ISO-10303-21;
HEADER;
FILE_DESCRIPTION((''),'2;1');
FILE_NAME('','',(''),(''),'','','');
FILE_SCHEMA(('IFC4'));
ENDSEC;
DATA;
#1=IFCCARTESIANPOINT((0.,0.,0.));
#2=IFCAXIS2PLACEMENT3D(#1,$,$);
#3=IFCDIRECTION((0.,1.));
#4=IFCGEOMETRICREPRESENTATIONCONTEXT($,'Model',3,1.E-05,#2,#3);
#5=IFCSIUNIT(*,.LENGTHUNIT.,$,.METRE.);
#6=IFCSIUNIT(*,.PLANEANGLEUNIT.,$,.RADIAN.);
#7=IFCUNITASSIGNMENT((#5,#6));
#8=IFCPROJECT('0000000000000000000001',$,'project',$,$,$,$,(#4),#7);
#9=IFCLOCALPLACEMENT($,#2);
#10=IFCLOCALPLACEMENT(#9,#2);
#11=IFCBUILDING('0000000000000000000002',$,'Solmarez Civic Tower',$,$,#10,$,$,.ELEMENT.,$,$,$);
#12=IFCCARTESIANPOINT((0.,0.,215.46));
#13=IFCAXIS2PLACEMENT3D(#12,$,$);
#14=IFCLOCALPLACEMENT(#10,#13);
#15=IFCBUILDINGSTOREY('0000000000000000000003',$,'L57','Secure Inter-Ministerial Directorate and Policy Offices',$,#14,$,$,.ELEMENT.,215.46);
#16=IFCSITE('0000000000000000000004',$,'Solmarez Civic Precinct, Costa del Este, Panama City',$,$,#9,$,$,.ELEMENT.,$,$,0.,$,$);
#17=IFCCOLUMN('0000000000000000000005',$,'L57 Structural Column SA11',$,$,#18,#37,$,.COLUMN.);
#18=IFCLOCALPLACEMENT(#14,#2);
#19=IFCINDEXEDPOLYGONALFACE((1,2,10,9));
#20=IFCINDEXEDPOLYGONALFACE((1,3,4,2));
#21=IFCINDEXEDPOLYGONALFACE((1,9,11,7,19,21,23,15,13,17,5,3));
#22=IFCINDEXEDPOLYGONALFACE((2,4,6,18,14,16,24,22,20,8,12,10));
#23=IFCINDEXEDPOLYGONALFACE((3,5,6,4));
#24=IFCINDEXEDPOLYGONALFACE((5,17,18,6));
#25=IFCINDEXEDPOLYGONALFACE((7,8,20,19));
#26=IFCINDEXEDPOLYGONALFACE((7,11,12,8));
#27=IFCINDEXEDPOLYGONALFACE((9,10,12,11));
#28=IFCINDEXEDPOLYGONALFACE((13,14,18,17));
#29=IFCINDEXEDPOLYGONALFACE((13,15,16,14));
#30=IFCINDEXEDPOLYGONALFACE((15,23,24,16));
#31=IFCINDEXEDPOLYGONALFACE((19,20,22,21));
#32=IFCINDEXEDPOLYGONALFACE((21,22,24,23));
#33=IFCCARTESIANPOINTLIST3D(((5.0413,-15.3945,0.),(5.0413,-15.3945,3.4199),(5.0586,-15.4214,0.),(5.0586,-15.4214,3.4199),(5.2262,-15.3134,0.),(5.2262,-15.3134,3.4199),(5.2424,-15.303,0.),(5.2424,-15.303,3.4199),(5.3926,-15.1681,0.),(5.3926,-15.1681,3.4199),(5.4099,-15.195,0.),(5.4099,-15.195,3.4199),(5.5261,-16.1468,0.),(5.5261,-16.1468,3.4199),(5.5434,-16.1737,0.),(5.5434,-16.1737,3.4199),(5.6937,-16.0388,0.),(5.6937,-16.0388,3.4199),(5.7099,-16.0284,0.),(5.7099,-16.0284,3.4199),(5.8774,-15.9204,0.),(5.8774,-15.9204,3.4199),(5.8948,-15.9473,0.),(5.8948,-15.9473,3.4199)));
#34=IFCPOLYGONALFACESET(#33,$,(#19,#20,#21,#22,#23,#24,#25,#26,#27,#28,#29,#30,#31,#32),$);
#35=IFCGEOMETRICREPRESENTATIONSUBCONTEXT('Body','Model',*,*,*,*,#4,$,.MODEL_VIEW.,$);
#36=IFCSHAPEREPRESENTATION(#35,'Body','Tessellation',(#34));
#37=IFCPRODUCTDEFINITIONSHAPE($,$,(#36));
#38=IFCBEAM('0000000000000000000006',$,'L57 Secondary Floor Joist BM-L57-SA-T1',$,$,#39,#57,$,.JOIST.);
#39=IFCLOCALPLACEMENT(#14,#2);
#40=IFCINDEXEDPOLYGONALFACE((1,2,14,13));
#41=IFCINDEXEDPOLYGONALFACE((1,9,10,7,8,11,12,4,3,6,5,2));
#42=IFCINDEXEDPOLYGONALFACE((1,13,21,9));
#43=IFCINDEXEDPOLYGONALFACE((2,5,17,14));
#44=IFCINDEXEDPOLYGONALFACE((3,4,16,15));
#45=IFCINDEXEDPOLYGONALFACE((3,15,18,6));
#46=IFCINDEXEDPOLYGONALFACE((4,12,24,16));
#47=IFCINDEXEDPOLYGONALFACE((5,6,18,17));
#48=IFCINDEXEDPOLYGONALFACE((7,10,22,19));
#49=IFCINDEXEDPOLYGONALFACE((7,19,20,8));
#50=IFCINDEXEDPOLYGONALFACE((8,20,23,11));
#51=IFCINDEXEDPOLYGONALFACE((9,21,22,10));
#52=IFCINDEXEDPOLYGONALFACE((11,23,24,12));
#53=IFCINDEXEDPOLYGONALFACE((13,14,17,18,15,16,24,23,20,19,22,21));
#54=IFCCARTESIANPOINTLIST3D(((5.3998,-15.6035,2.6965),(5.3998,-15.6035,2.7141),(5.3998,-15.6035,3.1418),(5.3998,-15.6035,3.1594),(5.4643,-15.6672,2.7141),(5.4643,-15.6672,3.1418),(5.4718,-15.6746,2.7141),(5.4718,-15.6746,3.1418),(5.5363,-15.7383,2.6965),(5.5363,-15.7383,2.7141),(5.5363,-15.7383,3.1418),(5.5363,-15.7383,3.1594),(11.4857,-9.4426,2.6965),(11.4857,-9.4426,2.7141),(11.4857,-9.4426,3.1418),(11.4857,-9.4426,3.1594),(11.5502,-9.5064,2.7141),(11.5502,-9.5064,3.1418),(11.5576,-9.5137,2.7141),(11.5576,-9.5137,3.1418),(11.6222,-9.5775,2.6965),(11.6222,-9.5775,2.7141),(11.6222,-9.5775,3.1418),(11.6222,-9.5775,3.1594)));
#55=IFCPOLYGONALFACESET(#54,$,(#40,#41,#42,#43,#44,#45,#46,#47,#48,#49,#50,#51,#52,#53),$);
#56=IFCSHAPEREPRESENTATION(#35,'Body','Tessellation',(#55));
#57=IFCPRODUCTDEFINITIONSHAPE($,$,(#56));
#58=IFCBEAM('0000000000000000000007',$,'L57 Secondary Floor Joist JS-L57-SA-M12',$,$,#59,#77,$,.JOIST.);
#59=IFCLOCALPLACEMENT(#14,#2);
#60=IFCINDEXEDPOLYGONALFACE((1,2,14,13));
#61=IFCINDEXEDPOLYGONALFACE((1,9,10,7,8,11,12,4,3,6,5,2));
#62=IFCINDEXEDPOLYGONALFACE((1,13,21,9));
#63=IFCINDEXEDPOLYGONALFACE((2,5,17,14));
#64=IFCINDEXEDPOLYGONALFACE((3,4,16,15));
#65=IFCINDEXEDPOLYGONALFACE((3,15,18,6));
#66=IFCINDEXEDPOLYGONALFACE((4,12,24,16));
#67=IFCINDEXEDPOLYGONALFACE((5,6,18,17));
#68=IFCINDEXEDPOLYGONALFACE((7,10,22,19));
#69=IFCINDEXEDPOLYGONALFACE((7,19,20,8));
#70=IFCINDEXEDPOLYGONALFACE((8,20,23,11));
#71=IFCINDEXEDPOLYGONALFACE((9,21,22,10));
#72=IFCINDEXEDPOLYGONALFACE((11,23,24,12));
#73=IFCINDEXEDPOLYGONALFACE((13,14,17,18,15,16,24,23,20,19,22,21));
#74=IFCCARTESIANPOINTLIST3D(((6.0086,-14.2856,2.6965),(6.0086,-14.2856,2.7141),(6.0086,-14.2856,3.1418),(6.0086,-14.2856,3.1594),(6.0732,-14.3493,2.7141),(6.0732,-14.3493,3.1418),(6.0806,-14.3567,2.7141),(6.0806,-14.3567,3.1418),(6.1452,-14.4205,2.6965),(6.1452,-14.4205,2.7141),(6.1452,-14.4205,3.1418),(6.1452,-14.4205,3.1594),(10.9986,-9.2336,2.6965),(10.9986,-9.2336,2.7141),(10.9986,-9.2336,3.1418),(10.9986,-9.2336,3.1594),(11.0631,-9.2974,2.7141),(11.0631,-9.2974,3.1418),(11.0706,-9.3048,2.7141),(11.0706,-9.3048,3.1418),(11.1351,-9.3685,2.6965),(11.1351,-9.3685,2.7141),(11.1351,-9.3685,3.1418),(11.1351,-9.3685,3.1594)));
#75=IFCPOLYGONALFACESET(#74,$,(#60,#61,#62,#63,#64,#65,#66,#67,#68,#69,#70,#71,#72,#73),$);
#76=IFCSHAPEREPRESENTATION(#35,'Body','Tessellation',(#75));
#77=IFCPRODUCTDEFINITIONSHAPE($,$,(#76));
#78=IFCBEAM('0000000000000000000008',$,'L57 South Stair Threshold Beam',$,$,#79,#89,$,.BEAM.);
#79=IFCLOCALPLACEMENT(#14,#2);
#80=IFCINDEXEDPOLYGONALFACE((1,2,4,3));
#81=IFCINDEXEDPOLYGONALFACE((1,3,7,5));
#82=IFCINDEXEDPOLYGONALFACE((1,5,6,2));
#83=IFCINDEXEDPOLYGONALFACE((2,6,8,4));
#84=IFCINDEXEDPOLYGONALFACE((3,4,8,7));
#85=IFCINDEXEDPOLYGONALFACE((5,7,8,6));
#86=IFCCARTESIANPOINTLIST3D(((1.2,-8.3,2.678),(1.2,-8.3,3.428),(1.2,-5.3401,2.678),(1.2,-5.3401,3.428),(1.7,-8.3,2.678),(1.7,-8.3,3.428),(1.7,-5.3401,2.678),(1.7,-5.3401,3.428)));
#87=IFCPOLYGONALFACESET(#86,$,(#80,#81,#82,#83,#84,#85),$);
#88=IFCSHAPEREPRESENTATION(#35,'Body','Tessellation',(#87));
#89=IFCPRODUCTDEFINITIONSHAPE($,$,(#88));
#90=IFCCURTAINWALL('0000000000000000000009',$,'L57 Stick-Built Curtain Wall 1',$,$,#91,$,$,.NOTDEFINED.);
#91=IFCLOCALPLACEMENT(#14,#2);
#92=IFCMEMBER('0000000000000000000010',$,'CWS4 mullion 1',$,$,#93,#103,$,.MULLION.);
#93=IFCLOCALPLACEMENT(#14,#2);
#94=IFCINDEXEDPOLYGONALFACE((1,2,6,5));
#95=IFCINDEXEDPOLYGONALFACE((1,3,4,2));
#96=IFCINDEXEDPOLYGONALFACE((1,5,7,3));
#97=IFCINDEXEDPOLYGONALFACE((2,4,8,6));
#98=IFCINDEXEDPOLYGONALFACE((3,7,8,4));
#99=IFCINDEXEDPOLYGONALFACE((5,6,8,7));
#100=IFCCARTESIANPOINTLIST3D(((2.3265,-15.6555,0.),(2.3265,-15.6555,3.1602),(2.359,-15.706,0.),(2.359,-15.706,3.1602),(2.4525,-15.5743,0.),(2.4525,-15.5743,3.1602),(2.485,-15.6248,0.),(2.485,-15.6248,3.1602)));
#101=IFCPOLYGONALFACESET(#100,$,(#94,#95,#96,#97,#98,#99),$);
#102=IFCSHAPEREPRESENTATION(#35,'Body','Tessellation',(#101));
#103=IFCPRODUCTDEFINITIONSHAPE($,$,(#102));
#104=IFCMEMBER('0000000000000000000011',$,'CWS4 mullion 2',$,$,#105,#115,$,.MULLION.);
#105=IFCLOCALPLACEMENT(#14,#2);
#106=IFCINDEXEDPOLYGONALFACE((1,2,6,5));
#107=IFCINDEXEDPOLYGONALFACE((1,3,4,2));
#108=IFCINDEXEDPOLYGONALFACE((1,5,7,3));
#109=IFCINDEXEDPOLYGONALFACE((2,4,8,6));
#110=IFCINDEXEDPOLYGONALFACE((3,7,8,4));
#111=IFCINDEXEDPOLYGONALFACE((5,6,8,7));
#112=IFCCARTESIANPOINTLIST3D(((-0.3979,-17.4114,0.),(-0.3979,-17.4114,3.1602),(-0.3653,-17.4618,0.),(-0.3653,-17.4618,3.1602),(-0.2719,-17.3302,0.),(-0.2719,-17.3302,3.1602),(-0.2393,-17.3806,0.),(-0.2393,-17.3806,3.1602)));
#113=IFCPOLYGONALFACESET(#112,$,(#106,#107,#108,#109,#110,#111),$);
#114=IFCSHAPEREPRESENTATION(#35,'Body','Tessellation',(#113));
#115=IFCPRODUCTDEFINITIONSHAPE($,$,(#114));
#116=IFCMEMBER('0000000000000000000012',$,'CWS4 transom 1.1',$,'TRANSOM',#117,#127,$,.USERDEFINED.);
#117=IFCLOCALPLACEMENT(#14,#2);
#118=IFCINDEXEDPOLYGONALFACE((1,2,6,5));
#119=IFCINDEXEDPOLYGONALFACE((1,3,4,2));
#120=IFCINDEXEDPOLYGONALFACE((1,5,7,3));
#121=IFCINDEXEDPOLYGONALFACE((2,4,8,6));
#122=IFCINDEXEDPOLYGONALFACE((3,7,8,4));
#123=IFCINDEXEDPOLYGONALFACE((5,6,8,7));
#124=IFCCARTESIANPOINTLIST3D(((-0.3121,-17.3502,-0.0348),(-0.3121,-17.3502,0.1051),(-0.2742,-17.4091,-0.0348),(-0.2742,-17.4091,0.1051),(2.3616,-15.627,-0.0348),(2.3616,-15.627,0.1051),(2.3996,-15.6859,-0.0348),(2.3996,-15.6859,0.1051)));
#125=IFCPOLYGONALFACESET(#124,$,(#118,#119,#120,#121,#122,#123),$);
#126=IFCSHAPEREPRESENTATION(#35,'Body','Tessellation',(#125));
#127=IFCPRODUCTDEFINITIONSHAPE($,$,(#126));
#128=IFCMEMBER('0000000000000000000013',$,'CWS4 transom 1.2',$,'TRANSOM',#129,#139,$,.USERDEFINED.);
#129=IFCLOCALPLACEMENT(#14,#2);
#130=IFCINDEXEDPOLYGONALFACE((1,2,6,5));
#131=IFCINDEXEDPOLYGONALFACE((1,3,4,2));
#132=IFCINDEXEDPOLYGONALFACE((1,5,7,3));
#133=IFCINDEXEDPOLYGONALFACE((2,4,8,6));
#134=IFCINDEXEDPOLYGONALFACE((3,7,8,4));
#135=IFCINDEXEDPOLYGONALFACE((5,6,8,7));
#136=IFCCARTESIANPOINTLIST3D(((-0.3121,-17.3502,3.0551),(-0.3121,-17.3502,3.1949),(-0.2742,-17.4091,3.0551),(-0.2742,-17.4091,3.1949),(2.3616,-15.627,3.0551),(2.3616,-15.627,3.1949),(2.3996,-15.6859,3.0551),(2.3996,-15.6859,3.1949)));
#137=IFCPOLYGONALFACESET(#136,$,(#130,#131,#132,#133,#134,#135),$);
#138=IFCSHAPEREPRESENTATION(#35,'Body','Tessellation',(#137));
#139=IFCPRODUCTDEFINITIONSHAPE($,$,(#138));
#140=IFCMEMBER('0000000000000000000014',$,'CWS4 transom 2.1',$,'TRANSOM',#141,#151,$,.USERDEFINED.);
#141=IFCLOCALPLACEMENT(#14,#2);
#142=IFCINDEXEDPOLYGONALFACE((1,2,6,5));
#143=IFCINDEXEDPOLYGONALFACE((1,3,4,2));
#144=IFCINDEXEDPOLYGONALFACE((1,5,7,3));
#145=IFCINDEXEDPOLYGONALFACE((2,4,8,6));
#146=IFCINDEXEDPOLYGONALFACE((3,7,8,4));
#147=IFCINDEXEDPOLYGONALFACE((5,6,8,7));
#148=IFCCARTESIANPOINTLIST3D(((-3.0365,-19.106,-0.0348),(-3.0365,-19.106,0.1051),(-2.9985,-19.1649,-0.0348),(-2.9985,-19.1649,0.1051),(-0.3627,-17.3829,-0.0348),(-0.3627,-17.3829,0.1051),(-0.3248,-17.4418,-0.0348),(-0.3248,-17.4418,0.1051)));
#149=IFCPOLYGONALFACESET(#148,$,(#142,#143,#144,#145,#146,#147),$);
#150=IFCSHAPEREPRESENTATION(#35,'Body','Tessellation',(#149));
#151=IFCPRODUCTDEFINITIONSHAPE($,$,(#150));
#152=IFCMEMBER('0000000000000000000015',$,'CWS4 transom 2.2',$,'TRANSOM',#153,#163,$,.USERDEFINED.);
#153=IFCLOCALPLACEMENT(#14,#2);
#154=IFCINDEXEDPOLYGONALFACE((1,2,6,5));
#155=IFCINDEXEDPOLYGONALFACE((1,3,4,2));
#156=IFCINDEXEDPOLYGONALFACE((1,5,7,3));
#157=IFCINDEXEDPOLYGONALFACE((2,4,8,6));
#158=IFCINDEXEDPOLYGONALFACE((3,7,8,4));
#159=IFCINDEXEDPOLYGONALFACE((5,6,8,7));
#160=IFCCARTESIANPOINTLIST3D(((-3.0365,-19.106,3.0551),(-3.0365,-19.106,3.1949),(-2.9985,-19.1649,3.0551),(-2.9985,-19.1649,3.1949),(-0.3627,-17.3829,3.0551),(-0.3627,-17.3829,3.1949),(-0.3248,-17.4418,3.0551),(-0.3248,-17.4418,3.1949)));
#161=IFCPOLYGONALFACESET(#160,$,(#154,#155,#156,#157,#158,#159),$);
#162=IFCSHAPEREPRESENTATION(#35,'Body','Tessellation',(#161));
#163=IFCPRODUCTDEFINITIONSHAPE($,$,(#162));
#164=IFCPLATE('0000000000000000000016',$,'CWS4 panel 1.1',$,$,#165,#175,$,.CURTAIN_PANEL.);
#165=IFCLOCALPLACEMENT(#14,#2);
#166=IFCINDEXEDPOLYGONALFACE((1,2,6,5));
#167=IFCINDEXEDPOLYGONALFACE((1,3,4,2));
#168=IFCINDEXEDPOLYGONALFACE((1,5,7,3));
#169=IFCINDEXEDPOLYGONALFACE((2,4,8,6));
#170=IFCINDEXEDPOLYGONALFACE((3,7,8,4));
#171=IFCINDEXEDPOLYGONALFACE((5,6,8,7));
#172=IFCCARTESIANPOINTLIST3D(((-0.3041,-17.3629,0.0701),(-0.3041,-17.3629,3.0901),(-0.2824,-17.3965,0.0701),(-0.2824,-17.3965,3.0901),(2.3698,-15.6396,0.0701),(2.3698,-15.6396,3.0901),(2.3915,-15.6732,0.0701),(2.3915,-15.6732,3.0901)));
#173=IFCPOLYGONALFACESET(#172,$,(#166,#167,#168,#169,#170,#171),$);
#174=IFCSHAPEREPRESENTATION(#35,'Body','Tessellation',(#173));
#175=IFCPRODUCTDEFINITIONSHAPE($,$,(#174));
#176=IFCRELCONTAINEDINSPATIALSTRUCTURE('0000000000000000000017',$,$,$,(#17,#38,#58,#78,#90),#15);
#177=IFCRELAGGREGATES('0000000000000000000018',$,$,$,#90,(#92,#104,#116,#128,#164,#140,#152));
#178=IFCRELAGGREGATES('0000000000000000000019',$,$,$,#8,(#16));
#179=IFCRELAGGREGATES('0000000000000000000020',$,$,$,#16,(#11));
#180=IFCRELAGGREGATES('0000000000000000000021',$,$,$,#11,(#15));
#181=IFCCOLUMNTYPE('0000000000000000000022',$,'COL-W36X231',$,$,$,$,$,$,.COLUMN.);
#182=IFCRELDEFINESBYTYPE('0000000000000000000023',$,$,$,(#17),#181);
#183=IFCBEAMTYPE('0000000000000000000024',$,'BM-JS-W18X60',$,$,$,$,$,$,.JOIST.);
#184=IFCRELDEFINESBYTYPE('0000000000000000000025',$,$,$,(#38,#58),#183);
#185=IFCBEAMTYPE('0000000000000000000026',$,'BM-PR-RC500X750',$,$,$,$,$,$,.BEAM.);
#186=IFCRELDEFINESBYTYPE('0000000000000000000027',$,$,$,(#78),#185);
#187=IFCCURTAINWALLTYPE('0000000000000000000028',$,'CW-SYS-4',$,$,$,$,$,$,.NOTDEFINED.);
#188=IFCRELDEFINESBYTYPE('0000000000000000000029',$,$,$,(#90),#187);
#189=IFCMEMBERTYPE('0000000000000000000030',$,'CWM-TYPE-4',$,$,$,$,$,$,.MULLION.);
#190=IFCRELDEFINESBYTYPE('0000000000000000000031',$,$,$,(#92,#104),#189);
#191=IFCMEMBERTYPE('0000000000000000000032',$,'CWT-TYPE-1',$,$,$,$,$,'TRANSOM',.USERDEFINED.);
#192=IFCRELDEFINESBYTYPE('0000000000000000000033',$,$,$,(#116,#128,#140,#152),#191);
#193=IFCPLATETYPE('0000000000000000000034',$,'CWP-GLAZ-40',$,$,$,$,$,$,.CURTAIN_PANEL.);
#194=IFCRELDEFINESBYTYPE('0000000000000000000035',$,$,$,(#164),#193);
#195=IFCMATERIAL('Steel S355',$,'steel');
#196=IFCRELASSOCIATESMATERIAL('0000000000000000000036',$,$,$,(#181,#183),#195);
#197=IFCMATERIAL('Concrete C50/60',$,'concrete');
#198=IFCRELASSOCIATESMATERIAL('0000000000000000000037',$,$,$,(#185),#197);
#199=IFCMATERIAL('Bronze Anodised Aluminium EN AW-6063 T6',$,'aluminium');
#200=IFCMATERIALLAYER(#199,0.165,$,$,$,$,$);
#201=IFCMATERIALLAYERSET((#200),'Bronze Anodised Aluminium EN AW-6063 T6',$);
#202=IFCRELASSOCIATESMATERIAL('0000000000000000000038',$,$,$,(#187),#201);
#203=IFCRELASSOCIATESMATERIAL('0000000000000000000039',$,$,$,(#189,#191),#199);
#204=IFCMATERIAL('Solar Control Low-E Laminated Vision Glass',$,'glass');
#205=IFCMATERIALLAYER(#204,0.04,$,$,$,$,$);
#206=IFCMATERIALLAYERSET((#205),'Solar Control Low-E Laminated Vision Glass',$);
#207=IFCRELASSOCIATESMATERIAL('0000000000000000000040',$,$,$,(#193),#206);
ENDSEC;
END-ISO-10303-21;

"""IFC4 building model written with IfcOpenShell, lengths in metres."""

from ifc_helpers import new_model, si_unit, direction, frame, origin, origin_2d, place, context, subcontext, project, spatial, rectangle, i_section, extrude, material, layer, layer_set, material_profile, profile_set, type_object, element, aggregate, save


model = new_model("IFC4")

# Units and contexts
model_context = context("Model", 3, precision=1e-05, world=origin(), true_north=direction((0.0, 1.0)))
body_context = subcontext(model_context, "Body", "Model", "MODEL_VIEW")
ifc_project = project(units=[si_unit("LENGTHUNIT", "METRE"), si_unit("PLANEANGLEUNIT", "RADIAN")], contexts=[model_context])

# Site, building, storey
site_placement = place(None, origin())
site = spatial("IfcSite", under=ifc_project, at=site_placement, Name="Solmarez Civic Precinct, Costa del Este, Panama City", CompositionType="ELEMENT", RefElevation=0.0)
building_placement = place(site_placement, origin())
building = spatial("IfcBuilding", under=site, at=building_placement, Name="Solmarez Civic Tower", CompositionType="ELEMENT")
storey_placement = place(building_placement, frame((0.0, 0.0, 215.46)))
storey = spatial("IfcBuildingStorey", under=building, at=storey_placement, Name="L57", Description="Secure Inter-Ministerial Directorate and Policy Offices", CompositionType="ELEMENT", Elevation=215.46)

# Column
ifc_material_1 = material(Name="Steel S355", Category="steel")
ifc_material_profile_1 = material_profile(ifc_material_1, i_section(OverallWidth=0.418, OverallDepth=0.927, WebThickness=0.0193, FlangeThickness=0.032, at=origin_2d()), Name="W36X231")
ifc_profile_set_1 = profile_set([ifc_material_profile_1], Name="Steel S355")
column_type = type_object("IfcColumnType", Name="COL-W36X231", PredefinedType="COLUMN", material=ifc_profile_set_1)
column_placement = place(storey_placement, frame((5.468, -15.6709, 0.0), z_axis=(0.0, 0.0, 1.0), x_axis=(0.840567, 0.541708, 0.0)))
element("IfcColumn", 1, at=column_placement, inside=storey, type_object=column_type, Name="L57 Structural Column SA11", PredefinedType="COLUMN", context=body_context, shape_type="SweptSolid", body=[
    extrude(i_section(OverallWidth=0.418, OverallDepth=0.927, WebThickness=0.0193, FlangeThickness=0.032, at=origin_2d()), origin(), (0.0, 0.0, 1.0), 3.4199),
])

# Beams
ifc_material_profile_2 = material_profile(ifc_material_1, i_section(OverallWidth=0.1919, OverallDepth=0.4629, WebThickness=0.0105, FlangeThickness=0.0176, at=origin_2d()), Name="W18X60")
ifc_profile_set_2 = profile_set([ifc_material_profile_2], Name="Steel S355")
beam_type_1 = type_object("IfcBeamType", Name="BM-JS-W18X60", PredefinedType="JOIST", material=ifc_profile_set_2)
beam_1_placement = place(storey_placement, frame((5.468, -15.6709, 2.928), z_axis=(0.702766, 0.711421, 0.0), x_axis=(-0.711421, 0.702766, 0.0)))
element("IfcBeam", 2, at=beam_1_placement, inside=storey, type_object=beam_type_1, Name="L57 Secondary Floor Joist BM-L57-SA-T1", PredefinedType="JOIST", context=body_context, shape_type="SweptSolid", body=[
    extrude(i_section(OverallWidth=0.1919, OverallDepth=0.4629, WebThickness=0.0105, FlangeThickness=0.0176, at=origin_2d()), origin(), (0.0, 0.0, 1.0), 8.6599),
])
beam_2_placement = place(storey_placement, frame((6.0769, -14.353, 2.928), z_axis=(0.702727, 0.71146, 0.0), x_axis=(-0.71146, 0.702727, 0.0)))
element("IfcBeam", 3, at=beam_2_placement, inside=storey, type_object=beam_type_1, Name="L57 Secondary Floor Joist JS-L57-SA-M12", PredefinedType="JOIST", context=body_context, shape_type="SweptSolid", body=[
    extrude(i_section(OverallWidth=0.1919, OverallDepth=0.4629, WebThickness=0.0105, FlangeThickness=0.0176, at=origin_2d()), origin(), (0.0, 0.0, 1.0), 7.1008),
])
ifc_material_2 = material(Name="Concrete C50/60", Category="concrete")
ifc_material_profile_3 = material_profile(ifc_material_2, rectangle(XDim=0.5, YDim=0.75, at=origin_2d()), Name="RC500X750")
ifc_profile_set_3 = profile_set([ifc_material_profile_3], Name="Concrete C50/60")
beam_type_2 = type_object("IfcBeamType", Name="BM-PR-RC500X750", PredefinedType="BEAM", material=ifc_profile_set_3)
beam_3_placement = place(storey_placement, frame((1.45, -8.3, 3.053), z_axis=(0.0, 1.0, 0.0), x_axis=(-1.0, 0.0, 0.0)))
element("IfcBeam", 4, at=beam_3_placement, inside=storey, type_object=beam_type_2, Name="L57 South Stair Threshold Beam", PredefinedType="BEAM", context=body_context, shape_type="SweptSolid", body=[
    extrude(rectangle(XDim=0.5, YDim=0.75, at=origin_2d()), origin(), (0.0, 0.0, 1.0), 2.96),
])

# Curtain wall, members, plate
ifc_material_3 = material(Name="Bronze Anodised Aluminium EN AW-6063 T6", Category="aluminium")
ifc_layer_1 = layer(ifc_material_3, 0.165)
ifc_layer_set_1 = layer_set([ifc_layer_1], Name="Bronze Anodised Aluminium EN AW-6063 T6")
curtain_wall_type = type_object("IfcCurtainWallType", Name="CW-SYS-4", PredefinedType="NOTDEFINED", material=ifc_layer_set_1)
curtain_wall_placement = place(storey_placement, origin())
curtain_wall = element("IfcCurtainWall", 5, at=curtain_wall_placement, inside=storey, type_object=curtain_wall_type, Name="L57 Stick-Built Curtain Wall 1", PredefinedType="NOTDEFINED")
ifc_material_profile_4 = material_profile(ifc_material_3, rectangle(XDim=0.0601, YDim=0.1499, at=origin_2d()), Name="CWM-60X150")
ifc_profile_set_4 = profile_set([ifc_material_profile_4], Name="Bronze Anodised Aluminium EN AW-6063 T6")
member_type_1 = type_object("IfcMemberType", Name="CWM-TYPE-4", PredefinedType="MULLION", material=ifc_profile_set_4)
member_1_placement = place(storey_placement, frame((2.4058, -15.6401, 0.0), z_axis=(0.0, 0.0, 1.0), x_axis=(0.541723, -0.840557, 0.0)))
member_1 = element("IfcMember", 6, at=member_1_placement, type_object=member_type_1, Name="CWS4 mullion 1", PredefinedType="MULLION", context=body_context, shape_type="SweptSolid", body=[
    extrude(rectangle(XDim=0.0601, YDim=0.1499, at=origin_2d()), origin(), (0.0, 0.0, 1.0), 3.1602),
])
member_2_placement = place(storey_placement, frame((-0.3186, -17.396, 0.0), z_axis=(0.0, 0.0, 1.0), x_axis=(0.541723, -0.840557, 0.0)))
member_2 = element("IfcMember", 7, at=member_2_placement, type_object=member_type_1, Name="CWS4 mullion 2", PredefinedType="MULLION", context=body_context, shape_type="SweptSolid", body=[
    extrude(rectangle(XDim=0.0601, YDim=0.1499, at=origin_2d()), origin(), (0.0, 0.0, 1.0), 3.1602),
])
ifc_material_profile_5 = material_profile(ifc_material_3, rectangle(XDim=0.0701, YDim=0.1399, at=origin_2d()), Name="CWT-70X140")
ifc_profile_set_5 = profile_set([ifc_material_profile_5], Name="Bronze Anodised Aluminium EN AW-6063 T6")
member_type_2 = type_object("IfcMemberType", Name="CWT-TYPE-1", ElementType="TRANSOM", PredefinedType="USERDEFINED", material=ifc_profile_set_5)
member_3_placement = place(storey_placement, frame((2.3806, -15.6565, 0.0352), z_axis=(-0.840569, -0.541704, 0.0), x_axis=(0.541704, -0.840569, 0.0)))
member_3 = element("IfcMember", 8, at=member_3_placement, type_object=member_type_2, Name="CWS4 transom 1.1", ObjectType="TRANSOM", PredefinedType="USERDEFINED", context=body_context, shape_type="SweptSolid", body=[
    extrude(rectangle(XDim=0.0701, YDim=0.1399, at=origin_2d()), origin(), (0.0, 0.0, 1.0), 3.1809),
])
member_4_placement = place(storey_placement, frame((2.3806, -15.6565, 3.125), z_axis=(-0.840569, -0.541704, 0.0), x_axis=(0.541704, -0.840569, 0.0)))
member_4 = element("IfcMember", 9, at=member_4_placement, type_object=member_type_2, Name="CWS4 transom 1.2", ObjectType="TRANSOM", PredefinedType="USERDEFINED", context=body_context, shape_type="SweptSolid", body=[
    extrude(rectangle(XDim=0.0701, YDim=0.1399, at=origin_2d()), origin(), (0.0, 0.0, 1.0), 3.1809),
])
member_5_placement = place(storey_placement, frame((-0.3438, -17.4124, 0.0352), z_axis=(-0.840569, -0.541704, 0.0), x_axis=(0.541704, -0.840569, 0.0)))
member_5 = element("IfcMember", 10, at=member_5_placement, type_object=member_type_2, Name="CWS4 transom 2.1", ObjectType="TRANSOM", PredefinedType="USERDEFINED", context=body_context, shape_type="SweptSolid", body=[
    extrude(rectangle(XDim=0.0701, YDim=0.1399, at=origin_2d()), origin(), (0.0, 0.0, 1.0), 3.1809),
])
member_6_placement = place(storey_placement, frame((-0.3438, -17.4124, 3.125), z_axis=(-0.840569, -0.541704, 0.0), x_axis=(0.541704, -0.840569, 0.0)))
member_6 = element("IfcMember", 11, at=member_6_placement, type_object=member_type_2, Name="CWS4 transom 2.2", ObjectType="TRANSOM", PredefinedType="USERDEFINED", context=body_context, shape_type="SweptSolid", body=[
    extrude(rectangle(XDim=0.0701, YDim=0.1399, at=origin_2d()), origin(), (0.0, 0.0, 1.0), 3.1809),
])
ifc_material_4 = material(Name="Solar Control Low-E Laminated Vision Glass", Category="glass")
ifc_layer_2 = layer(ifc_material_4, 0.04)
ifc_layer_set_2 = layer_set([ifc_layer_2], Name="Solar Control Low-E Laminated Vision Glass")
plate_type = type_object("IfcPlateType", Name="CWP-GLAZ-40", PredefinedType="CURTAIN_PANEL", material=ifc_layer_set_2)
plate_placement = place(storey_placement, frame((1.0437, -16.5181, 0.0701), z_axis=(0.0, 0.0, 1.0), x_axis=(-0.840557, -0.541723, 0.0)))
plate = element("IfcPlate", 12, at=plate_placement, type_object=plate_type, Name="CWS4 panel 1.1", PredefinedType="CURTAIN_PANEL", context=body_context, shape_type="SweptSolid", body=[
    extrude(rectangle(XDim=3.1812, YDim=0.04, at=origin_2d()), origin(), (0.0, 0.0, 1.0), 3.02),
])
aggregate(curtain_wall, [member_1, member_2, member_3, member_4, plate, member_5, member_6])

save(model, "model.ifc")
